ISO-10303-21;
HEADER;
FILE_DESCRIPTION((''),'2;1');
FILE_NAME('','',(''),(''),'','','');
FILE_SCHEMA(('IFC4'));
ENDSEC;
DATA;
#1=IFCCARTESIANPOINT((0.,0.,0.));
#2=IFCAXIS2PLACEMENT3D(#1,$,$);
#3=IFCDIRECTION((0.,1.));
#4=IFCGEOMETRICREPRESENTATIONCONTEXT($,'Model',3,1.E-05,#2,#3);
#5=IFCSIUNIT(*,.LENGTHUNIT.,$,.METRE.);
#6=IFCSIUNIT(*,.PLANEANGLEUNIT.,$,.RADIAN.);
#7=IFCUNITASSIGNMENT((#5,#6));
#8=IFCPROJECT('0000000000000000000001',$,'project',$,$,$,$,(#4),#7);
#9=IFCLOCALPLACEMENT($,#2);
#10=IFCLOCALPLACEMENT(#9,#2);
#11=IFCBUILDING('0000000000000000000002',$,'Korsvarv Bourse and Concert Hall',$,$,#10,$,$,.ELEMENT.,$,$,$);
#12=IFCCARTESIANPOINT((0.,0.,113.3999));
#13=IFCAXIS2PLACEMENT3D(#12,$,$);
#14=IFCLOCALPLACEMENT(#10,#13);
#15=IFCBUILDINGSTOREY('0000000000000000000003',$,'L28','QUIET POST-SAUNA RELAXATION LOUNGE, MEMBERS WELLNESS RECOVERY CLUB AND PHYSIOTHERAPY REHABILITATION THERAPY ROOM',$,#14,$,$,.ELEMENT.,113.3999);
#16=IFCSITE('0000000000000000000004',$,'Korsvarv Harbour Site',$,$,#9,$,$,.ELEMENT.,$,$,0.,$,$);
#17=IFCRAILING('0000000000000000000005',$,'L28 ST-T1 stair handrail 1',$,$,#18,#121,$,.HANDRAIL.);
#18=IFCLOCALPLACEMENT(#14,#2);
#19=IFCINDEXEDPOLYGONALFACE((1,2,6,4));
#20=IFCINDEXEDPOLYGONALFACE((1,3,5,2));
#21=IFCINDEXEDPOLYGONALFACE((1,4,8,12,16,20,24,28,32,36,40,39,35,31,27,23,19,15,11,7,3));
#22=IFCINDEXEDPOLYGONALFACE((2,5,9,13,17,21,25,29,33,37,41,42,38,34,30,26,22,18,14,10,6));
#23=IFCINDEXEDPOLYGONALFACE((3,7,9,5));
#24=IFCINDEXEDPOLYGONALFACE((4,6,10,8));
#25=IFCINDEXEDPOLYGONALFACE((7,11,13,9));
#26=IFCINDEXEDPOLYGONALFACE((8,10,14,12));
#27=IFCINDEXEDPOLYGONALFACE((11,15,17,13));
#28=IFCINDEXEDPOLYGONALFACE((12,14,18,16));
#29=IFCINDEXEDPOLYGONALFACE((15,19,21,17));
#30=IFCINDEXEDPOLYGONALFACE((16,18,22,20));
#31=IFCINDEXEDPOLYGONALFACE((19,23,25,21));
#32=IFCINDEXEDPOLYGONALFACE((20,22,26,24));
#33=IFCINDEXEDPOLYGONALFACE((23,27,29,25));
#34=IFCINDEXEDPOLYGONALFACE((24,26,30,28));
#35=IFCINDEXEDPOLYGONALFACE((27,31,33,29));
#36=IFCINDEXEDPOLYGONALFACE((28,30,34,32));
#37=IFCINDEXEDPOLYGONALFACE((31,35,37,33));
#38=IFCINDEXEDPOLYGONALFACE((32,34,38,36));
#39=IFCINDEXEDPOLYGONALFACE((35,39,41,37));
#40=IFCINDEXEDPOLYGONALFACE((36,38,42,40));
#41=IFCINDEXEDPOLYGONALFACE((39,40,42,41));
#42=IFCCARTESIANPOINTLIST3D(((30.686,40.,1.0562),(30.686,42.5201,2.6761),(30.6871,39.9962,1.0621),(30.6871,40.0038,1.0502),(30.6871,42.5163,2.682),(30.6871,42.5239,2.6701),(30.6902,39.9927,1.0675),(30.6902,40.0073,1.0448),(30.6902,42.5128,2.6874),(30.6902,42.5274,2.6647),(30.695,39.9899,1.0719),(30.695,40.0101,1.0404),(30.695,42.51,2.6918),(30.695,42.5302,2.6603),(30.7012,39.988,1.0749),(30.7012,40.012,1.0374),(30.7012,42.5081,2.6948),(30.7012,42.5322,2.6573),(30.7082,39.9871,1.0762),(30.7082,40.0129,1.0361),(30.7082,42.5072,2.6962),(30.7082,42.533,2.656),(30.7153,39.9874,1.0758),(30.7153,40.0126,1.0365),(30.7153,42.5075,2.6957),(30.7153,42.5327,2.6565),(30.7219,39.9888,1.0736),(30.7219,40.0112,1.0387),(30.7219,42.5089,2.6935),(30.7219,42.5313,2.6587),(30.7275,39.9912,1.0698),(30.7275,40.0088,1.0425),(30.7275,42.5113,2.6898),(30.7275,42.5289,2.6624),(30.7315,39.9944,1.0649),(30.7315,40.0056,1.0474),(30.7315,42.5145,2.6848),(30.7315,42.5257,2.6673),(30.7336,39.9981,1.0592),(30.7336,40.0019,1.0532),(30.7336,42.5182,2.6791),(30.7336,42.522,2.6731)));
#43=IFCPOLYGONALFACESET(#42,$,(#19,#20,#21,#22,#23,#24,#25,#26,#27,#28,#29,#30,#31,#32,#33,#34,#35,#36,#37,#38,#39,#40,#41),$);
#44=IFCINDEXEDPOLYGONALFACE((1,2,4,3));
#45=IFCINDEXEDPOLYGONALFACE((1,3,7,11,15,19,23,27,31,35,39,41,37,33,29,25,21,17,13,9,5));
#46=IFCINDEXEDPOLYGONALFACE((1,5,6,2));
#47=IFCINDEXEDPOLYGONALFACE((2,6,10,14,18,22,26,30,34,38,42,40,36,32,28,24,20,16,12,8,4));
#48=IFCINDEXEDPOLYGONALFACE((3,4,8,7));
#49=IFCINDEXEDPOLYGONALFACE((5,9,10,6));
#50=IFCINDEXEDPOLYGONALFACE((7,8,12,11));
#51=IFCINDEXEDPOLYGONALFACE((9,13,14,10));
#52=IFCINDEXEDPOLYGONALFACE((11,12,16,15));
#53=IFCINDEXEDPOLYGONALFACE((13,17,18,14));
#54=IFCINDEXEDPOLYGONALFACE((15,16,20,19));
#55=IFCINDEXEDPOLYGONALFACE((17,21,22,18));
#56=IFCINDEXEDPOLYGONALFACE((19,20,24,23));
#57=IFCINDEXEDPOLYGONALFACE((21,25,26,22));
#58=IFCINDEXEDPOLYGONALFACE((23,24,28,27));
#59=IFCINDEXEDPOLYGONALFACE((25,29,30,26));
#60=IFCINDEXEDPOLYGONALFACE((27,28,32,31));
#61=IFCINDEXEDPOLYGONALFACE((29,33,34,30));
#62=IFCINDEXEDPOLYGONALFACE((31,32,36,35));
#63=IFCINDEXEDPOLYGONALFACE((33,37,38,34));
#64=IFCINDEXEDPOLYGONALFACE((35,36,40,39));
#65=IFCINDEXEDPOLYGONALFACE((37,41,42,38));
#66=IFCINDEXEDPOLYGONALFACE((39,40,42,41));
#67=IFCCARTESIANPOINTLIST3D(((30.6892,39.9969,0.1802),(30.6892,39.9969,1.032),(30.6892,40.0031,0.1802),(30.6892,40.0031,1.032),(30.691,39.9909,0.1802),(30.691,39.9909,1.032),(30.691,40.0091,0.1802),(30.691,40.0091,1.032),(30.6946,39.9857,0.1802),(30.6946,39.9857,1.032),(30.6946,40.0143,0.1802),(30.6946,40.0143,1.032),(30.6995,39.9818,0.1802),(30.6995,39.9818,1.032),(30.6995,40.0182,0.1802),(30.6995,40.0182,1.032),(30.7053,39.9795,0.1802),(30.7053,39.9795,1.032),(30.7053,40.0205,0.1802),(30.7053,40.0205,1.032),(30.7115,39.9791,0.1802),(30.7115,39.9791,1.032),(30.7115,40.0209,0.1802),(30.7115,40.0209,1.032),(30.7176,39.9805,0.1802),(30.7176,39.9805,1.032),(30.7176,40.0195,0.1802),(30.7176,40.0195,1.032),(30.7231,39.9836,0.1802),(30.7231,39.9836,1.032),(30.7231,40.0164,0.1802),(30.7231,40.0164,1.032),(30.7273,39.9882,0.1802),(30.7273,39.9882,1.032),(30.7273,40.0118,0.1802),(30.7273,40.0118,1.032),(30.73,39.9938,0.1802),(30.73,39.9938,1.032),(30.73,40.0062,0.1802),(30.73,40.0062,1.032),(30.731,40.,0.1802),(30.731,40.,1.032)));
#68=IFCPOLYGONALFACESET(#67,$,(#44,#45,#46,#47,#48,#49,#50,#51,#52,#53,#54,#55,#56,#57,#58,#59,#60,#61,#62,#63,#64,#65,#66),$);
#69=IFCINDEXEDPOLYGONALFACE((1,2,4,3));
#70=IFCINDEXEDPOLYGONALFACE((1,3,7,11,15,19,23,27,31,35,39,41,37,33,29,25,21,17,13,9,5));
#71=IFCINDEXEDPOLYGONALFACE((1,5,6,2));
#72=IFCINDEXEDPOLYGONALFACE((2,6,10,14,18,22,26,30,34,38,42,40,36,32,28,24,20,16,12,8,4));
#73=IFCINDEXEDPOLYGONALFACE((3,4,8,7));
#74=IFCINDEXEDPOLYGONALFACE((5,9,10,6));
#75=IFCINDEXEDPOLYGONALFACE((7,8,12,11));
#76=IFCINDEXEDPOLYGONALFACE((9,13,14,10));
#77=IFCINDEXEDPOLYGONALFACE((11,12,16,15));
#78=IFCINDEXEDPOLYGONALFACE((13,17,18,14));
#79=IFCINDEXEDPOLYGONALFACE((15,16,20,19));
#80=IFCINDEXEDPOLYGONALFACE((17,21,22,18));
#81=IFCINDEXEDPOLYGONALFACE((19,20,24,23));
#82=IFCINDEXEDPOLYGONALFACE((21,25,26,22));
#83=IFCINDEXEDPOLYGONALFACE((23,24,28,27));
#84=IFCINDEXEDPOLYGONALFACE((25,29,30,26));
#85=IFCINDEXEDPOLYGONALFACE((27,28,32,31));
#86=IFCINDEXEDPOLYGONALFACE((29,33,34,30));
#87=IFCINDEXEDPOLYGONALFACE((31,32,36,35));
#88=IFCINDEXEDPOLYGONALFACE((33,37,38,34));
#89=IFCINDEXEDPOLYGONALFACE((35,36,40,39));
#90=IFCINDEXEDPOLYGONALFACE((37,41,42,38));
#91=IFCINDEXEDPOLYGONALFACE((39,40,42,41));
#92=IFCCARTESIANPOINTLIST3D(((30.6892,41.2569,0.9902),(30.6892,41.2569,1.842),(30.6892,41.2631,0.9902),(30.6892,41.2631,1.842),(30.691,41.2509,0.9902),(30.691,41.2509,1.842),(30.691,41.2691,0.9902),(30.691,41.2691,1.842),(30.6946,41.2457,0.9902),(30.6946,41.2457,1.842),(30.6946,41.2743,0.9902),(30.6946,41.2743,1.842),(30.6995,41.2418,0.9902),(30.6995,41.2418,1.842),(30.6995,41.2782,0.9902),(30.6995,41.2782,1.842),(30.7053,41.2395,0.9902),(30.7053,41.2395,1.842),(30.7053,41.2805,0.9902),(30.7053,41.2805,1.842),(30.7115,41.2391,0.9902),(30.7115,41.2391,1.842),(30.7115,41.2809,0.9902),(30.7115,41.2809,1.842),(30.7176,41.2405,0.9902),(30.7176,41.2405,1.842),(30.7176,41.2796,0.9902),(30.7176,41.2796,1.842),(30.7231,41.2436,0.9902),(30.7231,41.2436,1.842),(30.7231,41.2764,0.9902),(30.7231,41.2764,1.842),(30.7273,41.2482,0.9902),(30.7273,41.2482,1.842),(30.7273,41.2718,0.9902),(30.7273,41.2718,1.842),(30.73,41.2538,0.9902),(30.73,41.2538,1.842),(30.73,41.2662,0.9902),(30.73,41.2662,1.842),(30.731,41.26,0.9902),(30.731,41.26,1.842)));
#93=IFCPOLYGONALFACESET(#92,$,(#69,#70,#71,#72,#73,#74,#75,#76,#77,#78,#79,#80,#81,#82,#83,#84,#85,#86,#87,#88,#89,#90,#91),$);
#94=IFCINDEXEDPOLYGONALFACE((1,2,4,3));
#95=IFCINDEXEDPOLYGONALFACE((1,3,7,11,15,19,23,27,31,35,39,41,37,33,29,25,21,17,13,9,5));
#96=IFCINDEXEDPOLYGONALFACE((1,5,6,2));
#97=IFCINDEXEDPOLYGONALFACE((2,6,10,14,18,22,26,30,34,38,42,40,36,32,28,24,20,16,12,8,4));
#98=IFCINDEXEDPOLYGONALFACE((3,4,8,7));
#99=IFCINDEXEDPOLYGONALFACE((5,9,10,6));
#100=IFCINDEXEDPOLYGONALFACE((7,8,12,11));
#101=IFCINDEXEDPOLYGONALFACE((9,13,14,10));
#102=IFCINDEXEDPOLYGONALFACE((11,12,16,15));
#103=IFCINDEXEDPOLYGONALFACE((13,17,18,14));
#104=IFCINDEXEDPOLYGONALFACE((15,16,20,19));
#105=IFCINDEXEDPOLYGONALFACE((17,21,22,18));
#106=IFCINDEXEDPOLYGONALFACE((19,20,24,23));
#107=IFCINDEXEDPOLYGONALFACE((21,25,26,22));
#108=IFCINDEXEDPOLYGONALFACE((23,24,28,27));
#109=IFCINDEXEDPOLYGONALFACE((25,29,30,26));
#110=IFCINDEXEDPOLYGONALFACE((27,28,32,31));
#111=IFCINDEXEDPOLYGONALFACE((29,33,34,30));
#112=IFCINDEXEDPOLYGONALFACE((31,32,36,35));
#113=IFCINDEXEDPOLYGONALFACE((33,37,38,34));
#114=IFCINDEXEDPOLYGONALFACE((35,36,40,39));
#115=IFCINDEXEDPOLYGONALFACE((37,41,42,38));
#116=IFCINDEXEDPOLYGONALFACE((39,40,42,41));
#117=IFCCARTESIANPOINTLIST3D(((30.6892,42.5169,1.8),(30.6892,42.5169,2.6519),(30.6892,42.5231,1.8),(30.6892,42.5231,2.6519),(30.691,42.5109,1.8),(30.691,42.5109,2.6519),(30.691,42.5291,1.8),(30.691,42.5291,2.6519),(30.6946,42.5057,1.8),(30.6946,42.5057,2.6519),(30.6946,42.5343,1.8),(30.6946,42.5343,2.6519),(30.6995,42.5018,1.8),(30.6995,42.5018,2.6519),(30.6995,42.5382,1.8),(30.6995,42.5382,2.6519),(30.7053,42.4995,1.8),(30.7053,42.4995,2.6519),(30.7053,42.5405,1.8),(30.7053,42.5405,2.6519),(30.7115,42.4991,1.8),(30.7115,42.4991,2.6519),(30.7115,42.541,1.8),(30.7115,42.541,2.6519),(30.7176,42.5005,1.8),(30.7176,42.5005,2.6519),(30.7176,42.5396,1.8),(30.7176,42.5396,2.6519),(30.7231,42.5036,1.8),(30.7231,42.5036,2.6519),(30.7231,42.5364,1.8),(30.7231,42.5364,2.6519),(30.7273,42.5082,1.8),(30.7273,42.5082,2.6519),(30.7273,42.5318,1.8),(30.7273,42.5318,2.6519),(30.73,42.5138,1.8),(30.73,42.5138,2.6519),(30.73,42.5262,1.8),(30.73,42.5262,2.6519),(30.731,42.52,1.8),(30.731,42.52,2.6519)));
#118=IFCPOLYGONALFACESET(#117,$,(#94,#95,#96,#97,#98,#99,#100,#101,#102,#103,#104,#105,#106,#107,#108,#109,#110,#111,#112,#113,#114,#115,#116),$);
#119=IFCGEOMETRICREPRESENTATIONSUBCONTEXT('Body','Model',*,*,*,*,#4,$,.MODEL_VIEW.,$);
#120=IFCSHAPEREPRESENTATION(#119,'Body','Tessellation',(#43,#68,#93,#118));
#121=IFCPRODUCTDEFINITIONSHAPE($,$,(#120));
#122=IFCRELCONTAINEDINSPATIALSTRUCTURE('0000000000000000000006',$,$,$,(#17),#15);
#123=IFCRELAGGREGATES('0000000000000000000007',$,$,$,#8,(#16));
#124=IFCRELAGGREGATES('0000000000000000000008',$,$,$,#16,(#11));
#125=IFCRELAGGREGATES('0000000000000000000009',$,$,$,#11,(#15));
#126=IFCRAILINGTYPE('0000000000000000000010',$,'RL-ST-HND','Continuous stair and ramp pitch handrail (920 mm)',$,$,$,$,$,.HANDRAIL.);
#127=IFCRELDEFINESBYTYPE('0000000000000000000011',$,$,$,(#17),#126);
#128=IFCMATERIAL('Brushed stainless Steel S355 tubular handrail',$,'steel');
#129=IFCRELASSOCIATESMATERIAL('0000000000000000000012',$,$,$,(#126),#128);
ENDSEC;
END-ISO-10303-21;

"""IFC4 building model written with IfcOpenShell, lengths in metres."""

from ifc_helpers import new_model, si_unit, direction, frame, origin, origin_2d, place, context, subcontext, project, spatial, circle, extrude, material, type_object, element, save


model = new_model("IFC4")

# Units and contexts
model_context = context("Model", 3, precision=1e-05, world=origin(), true_north=direction((0.0, 1.0)))
body_context = subcontext(model_context, "Body", "Model", "MODEL_VIEW")
ifc_project = project(units=[si_unit("LENGTHUNIT", "METRE"), si_unit("PLANEANGLEUNIT", "RADIAN")], contexts=[model_context])

# Site, building, storey
site_placement = place(None, origin())
site = spatial("IfcSite", under=ifc_project, at=site_placement, Name="Korsvarv Harbour Site", CompositionType="ELEMENT", RefElevation=0.0)
building_placement = place(site_placement, origin())
building = spatial("IfcBuilding", under=site, at=building_placement, Name="Korsvarv Bourse and Concert Hall", CompositionType="ELEMENT")
storey_placement = place(building_placement, frame((0.0, 0.0, 113.3999)))
storey = spatial("IfcBuildingStorey", under=building, at=storey_placement, Name="L28", Description="QUIET POST-SAUNA RELAXATION LOUNGE, MEMBERS WELLNESS RECOVERY CLUB AND PHYSIOTHERAPY REHABILITATION THERAPY ROOM", CompositionType="ELEMENT", Elevation=113.3999)

# Railing
ifc_material_1 = material(Name="Brushed stainless Steel S355 tubular handrail", Category="steel")
railing_type_1 = type_object("IfcRailingType", Name="RL-ST-HND", Description="Continuous stair and ramp pitch handrail (920 mm)", PredefinedType="HANDRAIL", material=ifc_material_1)
railing_1_placement = place(storey_placement, frame((30.71, 40.0, 0.1802)))
element("IfcRailing", 1, at=railing_1_placement, inside=storey, type_object=railing_type_1, Name="L28 ST-T1 stair handrail 1", PredefinedType="HANDRAIL", context=body_context, shape_type="SweptSolid", body=[
    extrude(circle(Radius=0.0239, at=origin_2d()), frame((0.0, 0.0, 0.876), z_axis=(0.0, 0.8412, 0.540725), x_axis=(-1.0, 0.0, 0.0)), (0.0, 0.0, 1.0), 2.9958),
    extrude(circle(Radius=0.021, at=origin_2d()), origin(), (0.0, 0.0, 1.0), 0.8518),
    extrude(circle(Radius=0.021, at=origin_2d()), frame((0.0, 1.26, 0.8101)), (0.0, 0.0, 1.0), 0.8518),
    extrude(circle(Radius=0.021, at=origin_2d()), frame((0.0, 2.52, 1.6199)), (0.0, 0.0, 1.0), 0.8518),
])

save(model, "model.ifc")
